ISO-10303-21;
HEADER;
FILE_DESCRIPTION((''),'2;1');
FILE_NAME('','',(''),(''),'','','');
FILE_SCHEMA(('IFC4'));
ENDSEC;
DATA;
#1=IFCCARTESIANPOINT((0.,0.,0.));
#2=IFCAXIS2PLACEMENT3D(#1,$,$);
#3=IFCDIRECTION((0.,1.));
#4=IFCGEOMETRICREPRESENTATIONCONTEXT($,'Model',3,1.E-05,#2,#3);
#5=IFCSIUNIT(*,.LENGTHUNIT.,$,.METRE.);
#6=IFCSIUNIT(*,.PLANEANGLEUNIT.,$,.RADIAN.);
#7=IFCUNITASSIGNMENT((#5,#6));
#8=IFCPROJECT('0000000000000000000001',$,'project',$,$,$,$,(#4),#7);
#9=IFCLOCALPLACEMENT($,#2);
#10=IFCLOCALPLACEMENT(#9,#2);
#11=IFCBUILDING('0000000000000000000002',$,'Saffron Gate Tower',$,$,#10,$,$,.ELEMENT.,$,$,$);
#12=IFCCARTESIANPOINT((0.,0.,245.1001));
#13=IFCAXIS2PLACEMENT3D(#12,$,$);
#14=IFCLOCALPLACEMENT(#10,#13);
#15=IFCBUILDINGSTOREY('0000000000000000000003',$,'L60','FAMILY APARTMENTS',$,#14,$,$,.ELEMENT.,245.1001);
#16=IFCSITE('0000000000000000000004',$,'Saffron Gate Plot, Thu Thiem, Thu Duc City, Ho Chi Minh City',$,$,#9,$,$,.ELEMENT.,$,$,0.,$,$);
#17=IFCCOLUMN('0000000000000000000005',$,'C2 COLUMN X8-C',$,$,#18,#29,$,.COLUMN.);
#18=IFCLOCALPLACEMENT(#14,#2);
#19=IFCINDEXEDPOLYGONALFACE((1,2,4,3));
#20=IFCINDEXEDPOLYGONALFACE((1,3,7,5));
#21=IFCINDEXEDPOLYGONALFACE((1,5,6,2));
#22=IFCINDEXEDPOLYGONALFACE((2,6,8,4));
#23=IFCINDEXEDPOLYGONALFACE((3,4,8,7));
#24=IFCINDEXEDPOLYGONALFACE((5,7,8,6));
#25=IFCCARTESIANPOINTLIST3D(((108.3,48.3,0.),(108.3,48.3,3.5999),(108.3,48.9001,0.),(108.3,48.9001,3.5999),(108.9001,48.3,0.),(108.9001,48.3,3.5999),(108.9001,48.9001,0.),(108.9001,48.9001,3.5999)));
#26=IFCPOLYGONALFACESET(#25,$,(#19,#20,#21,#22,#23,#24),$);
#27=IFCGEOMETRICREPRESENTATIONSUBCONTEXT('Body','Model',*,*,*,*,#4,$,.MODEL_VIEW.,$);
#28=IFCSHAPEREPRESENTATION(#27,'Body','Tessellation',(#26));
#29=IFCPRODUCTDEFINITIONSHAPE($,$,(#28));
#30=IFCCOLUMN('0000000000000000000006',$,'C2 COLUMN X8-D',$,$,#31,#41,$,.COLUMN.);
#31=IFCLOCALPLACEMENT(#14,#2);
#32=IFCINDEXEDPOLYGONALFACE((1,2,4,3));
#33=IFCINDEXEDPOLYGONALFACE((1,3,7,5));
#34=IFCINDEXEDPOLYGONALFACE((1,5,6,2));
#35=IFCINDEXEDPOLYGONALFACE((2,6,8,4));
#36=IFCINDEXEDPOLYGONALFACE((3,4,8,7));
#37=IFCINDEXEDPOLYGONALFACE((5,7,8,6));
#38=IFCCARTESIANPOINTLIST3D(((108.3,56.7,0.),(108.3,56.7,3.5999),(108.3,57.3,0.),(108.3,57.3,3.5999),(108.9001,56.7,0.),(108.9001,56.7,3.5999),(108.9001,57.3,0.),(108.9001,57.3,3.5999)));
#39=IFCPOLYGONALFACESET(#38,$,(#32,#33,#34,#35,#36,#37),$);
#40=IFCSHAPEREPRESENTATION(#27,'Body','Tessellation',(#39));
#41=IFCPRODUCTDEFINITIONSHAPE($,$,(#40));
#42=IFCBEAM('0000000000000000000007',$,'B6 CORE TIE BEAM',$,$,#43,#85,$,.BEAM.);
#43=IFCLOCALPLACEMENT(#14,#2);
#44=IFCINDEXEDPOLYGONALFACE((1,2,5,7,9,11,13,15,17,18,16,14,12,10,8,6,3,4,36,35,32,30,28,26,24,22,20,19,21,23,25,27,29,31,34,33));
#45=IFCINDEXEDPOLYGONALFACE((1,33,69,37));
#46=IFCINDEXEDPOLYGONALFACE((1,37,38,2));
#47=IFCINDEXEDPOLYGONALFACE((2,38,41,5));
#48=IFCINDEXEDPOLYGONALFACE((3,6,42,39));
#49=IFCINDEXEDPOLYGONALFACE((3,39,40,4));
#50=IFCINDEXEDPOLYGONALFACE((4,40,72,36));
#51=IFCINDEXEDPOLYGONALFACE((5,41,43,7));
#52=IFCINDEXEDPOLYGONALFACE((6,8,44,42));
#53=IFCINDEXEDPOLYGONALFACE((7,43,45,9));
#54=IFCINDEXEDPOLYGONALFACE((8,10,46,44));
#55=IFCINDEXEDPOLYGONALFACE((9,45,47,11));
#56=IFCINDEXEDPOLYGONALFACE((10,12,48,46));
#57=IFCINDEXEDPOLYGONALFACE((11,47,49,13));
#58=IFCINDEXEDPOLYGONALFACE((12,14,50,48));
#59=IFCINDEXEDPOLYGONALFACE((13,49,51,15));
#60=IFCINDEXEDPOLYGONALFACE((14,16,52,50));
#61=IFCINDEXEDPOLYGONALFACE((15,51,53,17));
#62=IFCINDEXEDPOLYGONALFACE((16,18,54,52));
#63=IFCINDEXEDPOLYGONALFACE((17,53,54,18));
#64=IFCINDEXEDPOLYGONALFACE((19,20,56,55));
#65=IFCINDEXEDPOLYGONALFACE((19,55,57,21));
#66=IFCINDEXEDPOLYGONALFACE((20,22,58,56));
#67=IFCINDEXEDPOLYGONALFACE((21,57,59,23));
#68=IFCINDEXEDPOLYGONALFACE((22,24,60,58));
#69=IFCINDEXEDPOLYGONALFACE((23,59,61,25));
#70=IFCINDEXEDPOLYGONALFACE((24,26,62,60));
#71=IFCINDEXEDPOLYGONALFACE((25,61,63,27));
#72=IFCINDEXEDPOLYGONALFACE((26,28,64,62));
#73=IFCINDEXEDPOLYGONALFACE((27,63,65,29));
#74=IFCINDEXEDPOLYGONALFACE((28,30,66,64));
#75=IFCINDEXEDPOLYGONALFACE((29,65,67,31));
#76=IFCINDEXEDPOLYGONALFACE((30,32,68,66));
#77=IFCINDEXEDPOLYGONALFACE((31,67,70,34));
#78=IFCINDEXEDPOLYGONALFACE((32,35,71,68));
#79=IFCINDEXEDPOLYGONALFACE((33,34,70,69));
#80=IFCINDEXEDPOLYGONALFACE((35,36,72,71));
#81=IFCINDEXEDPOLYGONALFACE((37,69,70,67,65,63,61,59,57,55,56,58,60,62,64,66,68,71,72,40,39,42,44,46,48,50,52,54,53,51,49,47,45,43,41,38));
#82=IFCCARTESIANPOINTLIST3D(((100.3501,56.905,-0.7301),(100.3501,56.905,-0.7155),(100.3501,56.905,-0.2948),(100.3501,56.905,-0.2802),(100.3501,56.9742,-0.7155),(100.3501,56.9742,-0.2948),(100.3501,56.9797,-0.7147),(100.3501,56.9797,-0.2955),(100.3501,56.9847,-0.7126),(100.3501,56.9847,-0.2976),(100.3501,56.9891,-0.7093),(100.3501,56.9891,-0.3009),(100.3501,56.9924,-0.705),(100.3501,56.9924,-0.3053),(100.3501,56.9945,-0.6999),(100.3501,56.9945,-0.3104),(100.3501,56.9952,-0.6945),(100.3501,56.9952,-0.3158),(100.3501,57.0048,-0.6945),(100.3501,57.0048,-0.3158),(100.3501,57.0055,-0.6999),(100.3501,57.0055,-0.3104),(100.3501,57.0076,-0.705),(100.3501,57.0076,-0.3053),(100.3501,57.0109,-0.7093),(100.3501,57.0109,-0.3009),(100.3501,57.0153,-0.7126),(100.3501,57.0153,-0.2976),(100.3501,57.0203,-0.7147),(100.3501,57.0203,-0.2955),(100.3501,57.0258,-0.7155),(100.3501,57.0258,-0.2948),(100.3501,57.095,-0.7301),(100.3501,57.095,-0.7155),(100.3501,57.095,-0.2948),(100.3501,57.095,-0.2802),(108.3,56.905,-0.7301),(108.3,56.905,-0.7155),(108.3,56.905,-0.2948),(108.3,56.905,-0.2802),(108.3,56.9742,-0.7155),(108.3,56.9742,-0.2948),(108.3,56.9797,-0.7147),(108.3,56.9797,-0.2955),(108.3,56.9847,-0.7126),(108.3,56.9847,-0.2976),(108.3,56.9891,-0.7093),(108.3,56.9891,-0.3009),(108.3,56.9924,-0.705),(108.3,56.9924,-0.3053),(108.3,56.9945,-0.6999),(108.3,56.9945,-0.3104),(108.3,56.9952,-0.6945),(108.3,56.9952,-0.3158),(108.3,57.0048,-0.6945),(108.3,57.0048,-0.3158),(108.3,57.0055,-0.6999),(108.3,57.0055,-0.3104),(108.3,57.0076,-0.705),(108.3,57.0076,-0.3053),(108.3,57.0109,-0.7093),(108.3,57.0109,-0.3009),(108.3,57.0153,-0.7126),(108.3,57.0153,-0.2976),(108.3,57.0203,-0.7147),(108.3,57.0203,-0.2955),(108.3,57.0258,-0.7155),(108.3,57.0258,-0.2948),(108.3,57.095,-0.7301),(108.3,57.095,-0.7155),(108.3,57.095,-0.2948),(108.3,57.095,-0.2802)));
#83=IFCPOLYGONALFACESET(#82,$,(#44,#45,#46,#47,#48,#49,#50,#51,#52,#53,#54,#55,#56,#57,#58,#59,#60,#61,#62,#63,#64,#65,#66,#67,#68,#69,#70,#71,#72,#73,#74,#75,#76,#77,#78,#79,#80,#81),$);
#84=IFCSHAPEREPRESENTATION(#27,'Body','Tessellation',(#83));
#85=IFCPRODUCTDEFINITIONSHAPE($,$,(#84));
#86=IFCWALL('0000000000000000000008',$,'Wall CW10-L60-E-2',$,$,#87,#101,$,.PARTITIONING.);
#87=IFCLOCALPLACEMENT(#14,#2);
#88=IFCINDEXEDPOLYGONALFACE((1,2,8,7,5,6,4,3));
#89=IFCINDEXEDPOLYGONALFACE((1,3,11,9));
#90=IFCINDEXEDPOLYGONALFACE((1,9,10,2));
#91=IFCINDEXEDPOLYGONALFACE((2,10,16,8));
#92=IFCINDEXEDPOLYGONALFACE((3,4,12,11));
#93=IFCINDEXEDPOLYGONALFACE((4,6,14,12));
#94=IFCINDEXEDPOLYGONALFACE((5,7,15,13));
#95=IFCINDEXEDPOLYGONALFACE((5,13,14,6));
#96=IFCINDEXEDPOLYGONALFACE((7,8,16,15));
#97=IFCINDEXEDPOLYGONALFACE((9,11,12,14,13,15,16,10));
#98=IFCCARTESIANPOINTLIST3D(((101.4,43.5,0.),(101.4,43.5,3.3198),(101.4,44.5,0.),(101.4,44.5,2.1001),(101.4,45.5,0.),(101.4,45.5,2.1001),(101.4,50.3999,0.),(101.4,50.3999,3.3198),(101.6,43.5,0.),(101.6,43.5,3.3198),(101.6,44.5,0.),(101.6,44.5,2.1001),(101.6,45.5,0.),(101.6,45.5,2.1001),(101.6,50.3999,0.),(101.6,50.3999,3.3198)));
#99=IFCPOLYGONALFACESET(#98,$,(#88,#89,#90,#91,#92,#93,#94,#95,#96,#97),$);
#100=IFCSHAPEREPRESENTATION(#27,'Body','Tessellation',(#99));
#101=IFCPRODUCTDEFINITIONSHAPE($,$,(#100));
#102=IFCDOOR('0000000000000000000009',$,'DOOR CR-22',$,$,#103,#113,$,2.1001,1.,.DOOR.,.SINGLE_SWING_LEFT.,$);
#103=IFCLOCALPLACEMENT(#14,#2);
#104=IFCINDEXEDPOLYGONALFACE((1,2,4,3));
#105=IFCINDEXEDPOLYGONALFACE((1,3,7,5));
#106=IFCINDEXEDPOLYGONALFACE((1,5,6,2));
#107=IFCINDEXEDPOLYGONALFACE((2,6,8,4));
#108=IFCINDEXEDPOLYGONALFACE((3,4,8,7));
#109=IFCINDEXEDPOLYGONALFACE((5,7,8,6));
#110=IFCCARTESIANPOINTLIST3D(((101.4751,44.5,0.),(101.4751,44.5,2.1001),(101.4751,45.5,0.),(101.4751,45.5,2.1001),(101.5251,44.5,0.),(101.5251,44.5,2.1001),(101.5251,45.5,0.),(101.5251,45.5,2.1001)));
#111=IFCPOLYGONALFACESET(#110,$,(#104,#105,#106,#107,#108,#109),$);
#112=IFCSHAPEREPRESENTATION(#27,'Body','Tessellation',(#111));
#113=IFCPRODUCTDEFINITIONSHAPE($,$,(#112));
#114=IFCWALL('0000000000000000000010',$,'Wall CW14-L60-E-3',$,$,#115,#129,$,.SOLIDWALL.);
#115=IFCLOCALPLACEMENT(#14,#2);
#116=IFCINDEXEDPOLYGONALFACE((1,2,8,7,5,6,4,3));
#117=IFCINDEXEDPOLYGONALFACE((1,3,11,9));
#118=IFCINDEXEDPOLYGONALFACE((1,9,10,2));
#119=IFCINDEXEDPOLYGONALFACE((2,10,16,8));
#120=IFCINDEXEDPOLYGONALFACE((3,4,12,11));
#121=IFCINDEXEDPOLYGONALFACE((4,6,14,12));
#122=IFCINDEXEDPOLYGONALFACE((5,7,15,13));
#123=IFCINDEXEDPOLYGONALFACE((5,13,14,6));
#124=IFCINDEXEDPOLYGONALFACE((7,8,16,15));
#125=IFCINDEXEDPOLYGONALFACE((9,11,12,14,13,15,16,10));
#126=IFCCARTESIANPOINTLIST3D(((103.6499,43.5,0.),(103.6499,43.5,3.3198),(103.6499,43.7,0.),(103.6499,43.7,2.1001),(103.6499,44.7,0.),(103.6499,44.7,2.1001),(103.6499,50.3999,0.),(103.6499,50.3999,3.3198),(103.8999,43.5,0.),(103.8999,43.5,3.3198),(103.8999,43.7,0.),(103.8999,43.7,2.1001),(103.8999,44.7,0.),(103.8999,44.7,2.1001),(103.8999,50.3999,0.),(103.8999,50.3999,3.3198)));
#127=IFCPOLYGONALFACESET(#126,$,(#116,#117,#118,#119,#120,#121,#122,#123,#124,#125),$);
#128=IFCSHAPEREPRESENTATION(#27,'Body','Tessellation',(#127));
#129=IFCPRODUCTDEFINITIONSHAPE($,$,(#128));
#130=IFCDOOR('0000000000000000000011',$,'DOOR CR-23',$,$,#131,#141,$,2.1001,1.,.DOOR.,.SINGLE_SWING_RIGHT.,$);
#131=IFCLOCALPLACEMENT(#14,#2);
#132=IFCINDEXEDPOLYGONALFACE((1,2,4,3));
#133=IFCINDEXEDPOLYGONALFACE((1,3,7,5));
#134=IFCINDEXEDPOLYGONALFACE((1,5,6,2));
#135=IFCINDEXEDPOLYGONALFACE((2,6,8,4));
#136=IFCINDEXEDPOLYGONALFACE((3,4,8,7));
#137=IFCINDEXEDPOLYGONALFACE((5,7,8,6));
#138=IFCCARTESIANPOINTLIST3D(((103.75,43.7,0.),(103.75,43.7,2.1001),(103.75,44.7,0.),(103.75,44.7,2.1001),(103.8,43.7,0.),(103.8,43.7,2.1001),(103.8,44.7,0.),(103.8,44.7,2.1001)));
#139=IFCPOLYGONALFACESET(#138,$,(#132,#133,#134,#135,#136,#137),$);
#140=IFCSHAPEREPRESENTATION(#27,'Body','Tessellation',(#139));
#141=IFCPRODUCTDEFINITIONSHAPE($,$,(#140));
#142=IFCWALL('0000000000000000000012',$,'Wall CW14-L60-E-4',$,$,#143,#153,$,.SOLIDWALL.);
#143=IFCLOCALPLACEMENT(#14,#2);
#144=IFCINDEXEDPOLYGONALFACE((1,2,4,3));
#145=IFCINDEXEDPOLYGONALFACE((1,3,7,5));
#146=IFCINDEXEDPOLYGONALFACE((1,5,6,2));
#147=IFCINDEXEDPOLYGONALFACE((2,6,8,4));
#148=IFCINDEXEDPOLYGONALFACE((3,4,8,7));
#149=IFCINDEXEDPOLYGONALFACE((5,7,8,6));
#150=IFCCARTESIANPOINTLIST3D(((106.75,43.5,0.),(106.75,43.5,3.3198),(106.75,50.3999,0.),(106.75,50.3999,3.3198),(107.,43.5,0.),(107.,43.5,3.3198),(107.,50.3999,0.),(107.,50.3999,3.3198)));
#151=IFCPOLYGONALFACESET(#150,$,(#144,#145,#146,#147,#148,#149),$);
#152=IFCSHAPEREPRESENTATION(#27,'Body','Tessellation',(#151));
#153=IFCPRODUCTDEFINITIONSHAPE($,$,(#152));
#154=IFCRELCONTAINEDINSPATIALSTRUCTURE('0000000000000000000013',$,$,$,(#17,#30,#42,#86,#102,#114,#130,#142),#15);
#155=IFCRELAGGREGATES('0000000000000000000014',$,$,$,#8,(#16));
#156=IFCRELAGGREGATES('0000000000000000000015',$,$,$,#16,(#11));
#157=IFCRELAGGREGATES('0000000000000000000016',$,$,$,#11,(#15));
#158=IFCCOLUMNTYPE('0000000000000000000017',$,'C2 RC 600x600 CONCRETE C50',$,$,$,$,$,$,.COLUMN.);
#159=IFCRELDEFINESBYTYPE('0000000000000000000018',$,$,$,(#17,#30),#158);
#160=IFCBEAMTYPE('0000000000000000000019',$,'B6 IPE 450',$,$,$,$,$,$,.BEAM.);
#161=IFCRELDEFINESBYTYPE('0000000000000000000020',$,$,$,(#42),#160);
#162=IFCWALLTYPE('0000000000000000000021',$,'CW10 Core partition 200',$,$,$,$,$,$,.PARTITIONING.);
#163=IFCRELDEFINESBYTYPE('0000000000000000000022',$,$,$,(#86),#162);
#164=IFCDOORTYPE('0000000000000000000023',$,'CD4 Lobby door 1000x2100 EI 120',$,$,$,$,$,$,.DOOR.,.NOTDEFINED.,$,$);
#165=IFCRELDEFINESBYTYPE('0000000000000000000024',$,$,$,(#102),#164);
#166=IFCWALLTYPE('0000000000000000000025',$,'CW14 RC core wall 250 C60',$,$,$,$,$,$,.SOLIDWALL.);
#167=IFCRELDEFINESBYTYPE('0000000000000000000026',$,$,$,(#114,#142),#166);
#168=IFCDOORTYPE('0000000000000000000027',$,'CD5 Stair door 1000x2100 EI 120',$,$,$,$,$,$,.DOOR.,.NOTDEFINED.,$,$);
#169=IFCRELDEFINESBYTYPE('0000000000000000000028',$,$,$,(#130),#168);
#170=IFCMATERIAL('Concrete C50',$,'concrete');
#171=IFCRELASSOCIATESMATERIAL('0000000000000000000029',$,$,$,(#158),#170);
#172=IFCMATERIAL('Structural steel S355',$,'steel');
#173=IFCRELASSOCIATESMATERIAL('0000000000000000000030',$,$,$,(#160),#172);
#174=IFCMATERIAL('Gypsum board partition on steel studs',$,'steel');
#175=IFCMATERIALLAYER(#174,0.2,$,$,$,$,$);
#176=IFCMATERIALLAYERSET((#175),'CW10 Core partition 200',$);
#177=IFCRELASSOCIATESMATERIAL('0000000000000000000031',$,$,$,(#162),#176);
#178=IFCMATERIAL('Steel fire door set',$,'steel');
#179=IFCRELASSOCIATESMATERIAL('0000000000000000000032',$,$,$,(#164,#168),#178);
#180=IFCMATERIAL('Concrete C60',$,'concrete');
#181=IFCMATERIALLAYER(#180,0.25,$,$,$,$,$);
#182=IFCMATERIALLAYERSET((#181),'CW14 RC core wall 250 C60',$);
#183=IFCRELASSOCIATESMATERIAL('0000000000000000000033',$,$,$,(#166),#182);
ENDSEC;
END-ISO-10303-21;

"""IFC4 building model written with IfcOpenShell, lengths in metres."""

from ifc_helpers import new_model, si_unit, direction, frame, frame_2d, origin, origin_2d, place, context, subcontext, project, spatial, rectangle, i_section, extrude, material, layer, layer_set, material_profile, profile_set, type_object, element, fill, save


model = new_model("IFC4")

# Units and contexts
model_context = context("Model", 3, precision=1e-05, world=origin(), true_north=direction((0.0, 1.0)))
body_context = subcontext(model_context, "Body", "Model", "MODEL_VIEW")
ifc_project = project(units=[si_unit("LENGTHUNIT", "METRE"), si_unit("PLANEANGLEUNIT", "RADIAN")], contexts=[model_context])

# Site, building, storey
site_placement = place(None, origin())
site = spatial("IfcSite", under=ifc_project, at=site_placement, Name="Saffron Gate Plot, Thu Thiem, Thu Duc City, Ho Chi Minh City", CompositionType="ELEMENT", RefElevation=0.0)
building_placement = place(site_placement, origin())
building = spatial("IfcBuilding", under=site, at=building_placement, Name="Saffron Gate Tower", CompositionType="ELEMENT")
storey_placement = place(building_placement, frame((0.0, 0.0, 245.1001)))
storey = spatial("IfcBuildingStorey", under=building, at=storey_placement, Name="L60", Description="FAMILY APARTMENTS", CompositionType="ELEMENT", Elevation=245.1001)

# Columns
ifc_material_1 = material(Name="Concrete C50", Category="concrete")
ifc_material_profile_1 = material_profile(ifc_material_1, rectangle(XDim=0.6001, YDim=0.6001, at=origin_2d()))
ifc_profile_set_1 = profile_set([ifc_material_profile_1], Name="Concrete C50")
column_type = type_object("IfcColumnType", Name="C2 RC 600x600 CONCRETE C50", PredefinedType="COLUMN", material=ifc_profile_set_1)
for number, where, z_axis, x_axis, name in (
    (1, (108.6001, 48.6001, 0.0), (0.0, 0.0, 1.0), (1.0, 0.0, 0.0), "C2 COLUMN X8-C"),
    (2, (108.6001, 57.0, 0.0), (0.0, 0.0, 1.0), (1.0, 0.0, 0.0), "C2 COLUMN X8-D"),
):
    element("IfcColumn", number, at=place(storey_placement, frame(where, z_axis=z_axis, x_axis=x_axis)), inside=storey, type_object=column_type, Name=name, PredefinedType="COLUMN", context=body_context, shape_type="SweptSolid", body=[
        extrude(rectangle(XDim=0.6001, YDim=0.6001, at=origin_2d()), origin(), (0.0, 0.0, 1.0), 3.5999),
    ])

# Beam
ifc_material_2 = material(Name="Structural steel S355", Category="steel")
ifc_material_profile_2 = material_profile(ifc_material_2, i_section(OverallWidth=0.1899, OverallDepth=0.45, WebThickness=0.0095, FlangeThickness=0.0146, FilletRadius=0.021, at=origin_2d()))
ifc_profile_set_2 = profile_set([ifc_material_profile_2], Name="Structural steel S355")
beam_type = type_object("IfcBeamType", Name="B6 IPE 450", PredefinedType="BEAM", material=ifc_profile_set_2)
beam_placement = place(storey_placement, frame((108.3, 57.0, -0.5051), z_axis=(-1.0, 0.0, 0.0), x_axis=(0.0, -1.0, 0.0)))
element("IfcBeam", 3, at=beam_placement, inside=storey, type_object=beam_type, Name="B6 CORE TIE BEAM", PredefinedType="BEAM", context=body_context, shape_type="SweptSolid", body=[
    extrude(i_section(OverallWidth=0.1899, OverallDepth=0.45, WebThickness=0.0095, FlangeThickness=0.0146, FilletRadius=0.021, at=origin_2d()), origin(), (0.0, 0.0, 1.0), 7.95),
])

# Walls, openings, doors
ifc_material_3 = material(Name="Gypsum board partition on steel studs", Category="steel")
ifc_layer_1 = layer(ifc_material_3, 0.2)
ifc_layer_set_1 = layer_set([ifc_layer_1], Name="CW10 Core partition 200")
wall_type_1 = type_object("IfcWallType", Name="CW10 Core partition 200", PredefinedType="PARTITIONING", material=ifc_layer_set_1)
wall_1_placement = place(storey_placement, frame((101.5, 43.5, 0.0), z_axis=(0.0, 0.0, 1.0), x_axis=(0.0, 1.0, 0.0)))
wall_1 = element("IfcWall", 4, at=wall_1_placement, inside=storey, type_object=wall_type_1, Name="Wall CW10-L60-E-2", PredefinedType="PARTITIONING", context=body_context, shape_type="SweptSolid", body=[
    extrude(rectangle(XDim=6.8999, YDim=0.2, at=frame_2d((3.45, 0.0))), origin(), (0.0, 0.0, 1.0), 3.3198),
])
opening_1_placement = place(wall_1_placement, frame((1.0, 0.0, 0.0)))
opening_1 = element("IfcOpeningElement", 5, at=opening_1_placement, cuts=wall_1, PredefinedType="OPENING", context=body_context, shape_type="SweptSolid", body=[
    extrude(rectangle(XDim=1.0, YDim=2.1001, at=frame_2d((0.5, 1.05))), frame((0.0, 0.1099, 0.0), z_axis=(0.0, -1.0, 0.0), x_axis=(1.0, 0.0, 0.0)), (0.0, 0.0, 1.0), 0.22),
])
ifc_material_4 = material(Name="Steel fire door set", Category="steel")
door_type_1 = type_object("IfcDoorType", Name="CD4 Lobby door 1000x2100 EI 120", OperationType="NOTDEFINED", PredefinedType="DOOR", material=ifc_material_4)
door_1_placement = place(opening_1_placement, origin())
door_1 = element("IfcDoor", 6, at=door_1_placement, inside=storey, type_object=door_type_1, Name="DOOR CR-22", OperationType="SINGLE_SWING_LEFT", OverallHeight=2.1001, OverallWidth=1.0, PredefinedType="DOOR", context=body_context, shape_type="SweptSolid", body=[
    extrude(rectangle(XDim=1.0, YDim=2.1001, at=frame_2d((0.5, 1.05))), frame((0.0, 0.0249, 0.0), z_axis=(0.0, -1.0, 0.0), x_axis=(1.0, 0.0, 0.0)), (0.0, 0.0, 1.0), 0.05),
])
fill(opening_1, door_1)
ifc_material_5 = material(Name="Concrete C60", Category="concrete")
ifc_layer_2 = layer(ifc_material_5, 0.25)
ifc_layer_set_2 = layer_set([ifc_layer_2], Name="CW14 RC core wall 250 C60")
wall_type_2 = type_object("IfcWallType", Name="CW14 RC core wall 250 C60", PredefinedType="SOLIDWALL", material=ifc_layer_set_2)
wall_2_placement = place(storey_placement, frame((103.7749, 43.5, 0.0), z_axis=(0.0, 0.0, 1.0), x_axis=(0.0, 1.0, 0.0)))
wall_2 = element("IfcWall", 7, at=wall_2_placement, inside=storey, type_object=wall_type_2, Name="Wall CW14-L60-E-3", PredefinedType="SOLIDWALL", context=body_context, shape_type="SweptSolid", body=[
    extrude(rectangle(XDim=6.8999, YDim=0.25, at=frame_2d((3.45, 0.0))), origin(), (0.0, 0.0, 1.0), 3.3198),
])
opening_2_placement = place(wall_2_placement, frame((0.2, 0.0, 0.0)))
opening_2 = element("IfcOpeningElement", 8, at=opening_2_placement, cuts=wall_2, PredefinedType="OPENING", context=body_context, shape_type="SweptSolid", body=[
    extrude(rectangle(XDim=1.0, YDim=2.1001, at=frame_2d((0.5, 1.05))), frame((0.0, 0.135, 0.0), z_axis=(0.0, -1.0, 0.0), x_axis=(1.0, 0.0, 0.0)), (0.0, 0.0, 1.0), 0.27),
])
door_type_2 = type_object("IfcDoorType", Name="CD5 Stair door 1000x2100 EI 120", OperationType="NOTDEFINED", PredefinedType="DOOR", material=ifc_material_4)
door_2_placement = place(opening_2_placement, origin())
door_2 = element("IfcDoor", 9, at=door_2_placement, inside=storey, type_object=door_type_2, Name="DOOR CR-23", OperationType="SINGLE_SWING_RIGHT", OverallHeight=2.1001, OverallWidth=1.0, PredefinedType="DOOR", context=body_context, shape_type="SweptSolid", body=[
    extrude(rectangle(XDim=1.0, YDim=2.1001, at=frame_2d((0.5, 1.05))), frame((0.0, 0.0249, 0.0), z_axis=(0.0, -1.0, 0.0), x_axis=(1.0, 0.0, 0.0)), (0.0, 0.0, 1.0), 0.05),
])
fill(opening_2, door_2)

# Wall
wall_3_placement = place(storey_placement, frame((106.875, 43.5, 0.0), z_axis=(0.0, 0.0, 1.0), x_axis=(0.0, 1.0, 0.0)))
element("IfcWall", 10, at=wall_3_placement, inside=storey, type_object=wall_type_2, Name="Wall CW14-L60-E-4", PredefinedType="SOLIDWALL", context=body_context, shape_type="SweptSolid", body=[
    extrude(rectangle(XDim=6.8999, YDim=0.25, at=frame_2d((3.45, 0.0))), origin(), (0.0, 0.0, 1.0), 3.3198),
])

save(model, "model.ifc")
